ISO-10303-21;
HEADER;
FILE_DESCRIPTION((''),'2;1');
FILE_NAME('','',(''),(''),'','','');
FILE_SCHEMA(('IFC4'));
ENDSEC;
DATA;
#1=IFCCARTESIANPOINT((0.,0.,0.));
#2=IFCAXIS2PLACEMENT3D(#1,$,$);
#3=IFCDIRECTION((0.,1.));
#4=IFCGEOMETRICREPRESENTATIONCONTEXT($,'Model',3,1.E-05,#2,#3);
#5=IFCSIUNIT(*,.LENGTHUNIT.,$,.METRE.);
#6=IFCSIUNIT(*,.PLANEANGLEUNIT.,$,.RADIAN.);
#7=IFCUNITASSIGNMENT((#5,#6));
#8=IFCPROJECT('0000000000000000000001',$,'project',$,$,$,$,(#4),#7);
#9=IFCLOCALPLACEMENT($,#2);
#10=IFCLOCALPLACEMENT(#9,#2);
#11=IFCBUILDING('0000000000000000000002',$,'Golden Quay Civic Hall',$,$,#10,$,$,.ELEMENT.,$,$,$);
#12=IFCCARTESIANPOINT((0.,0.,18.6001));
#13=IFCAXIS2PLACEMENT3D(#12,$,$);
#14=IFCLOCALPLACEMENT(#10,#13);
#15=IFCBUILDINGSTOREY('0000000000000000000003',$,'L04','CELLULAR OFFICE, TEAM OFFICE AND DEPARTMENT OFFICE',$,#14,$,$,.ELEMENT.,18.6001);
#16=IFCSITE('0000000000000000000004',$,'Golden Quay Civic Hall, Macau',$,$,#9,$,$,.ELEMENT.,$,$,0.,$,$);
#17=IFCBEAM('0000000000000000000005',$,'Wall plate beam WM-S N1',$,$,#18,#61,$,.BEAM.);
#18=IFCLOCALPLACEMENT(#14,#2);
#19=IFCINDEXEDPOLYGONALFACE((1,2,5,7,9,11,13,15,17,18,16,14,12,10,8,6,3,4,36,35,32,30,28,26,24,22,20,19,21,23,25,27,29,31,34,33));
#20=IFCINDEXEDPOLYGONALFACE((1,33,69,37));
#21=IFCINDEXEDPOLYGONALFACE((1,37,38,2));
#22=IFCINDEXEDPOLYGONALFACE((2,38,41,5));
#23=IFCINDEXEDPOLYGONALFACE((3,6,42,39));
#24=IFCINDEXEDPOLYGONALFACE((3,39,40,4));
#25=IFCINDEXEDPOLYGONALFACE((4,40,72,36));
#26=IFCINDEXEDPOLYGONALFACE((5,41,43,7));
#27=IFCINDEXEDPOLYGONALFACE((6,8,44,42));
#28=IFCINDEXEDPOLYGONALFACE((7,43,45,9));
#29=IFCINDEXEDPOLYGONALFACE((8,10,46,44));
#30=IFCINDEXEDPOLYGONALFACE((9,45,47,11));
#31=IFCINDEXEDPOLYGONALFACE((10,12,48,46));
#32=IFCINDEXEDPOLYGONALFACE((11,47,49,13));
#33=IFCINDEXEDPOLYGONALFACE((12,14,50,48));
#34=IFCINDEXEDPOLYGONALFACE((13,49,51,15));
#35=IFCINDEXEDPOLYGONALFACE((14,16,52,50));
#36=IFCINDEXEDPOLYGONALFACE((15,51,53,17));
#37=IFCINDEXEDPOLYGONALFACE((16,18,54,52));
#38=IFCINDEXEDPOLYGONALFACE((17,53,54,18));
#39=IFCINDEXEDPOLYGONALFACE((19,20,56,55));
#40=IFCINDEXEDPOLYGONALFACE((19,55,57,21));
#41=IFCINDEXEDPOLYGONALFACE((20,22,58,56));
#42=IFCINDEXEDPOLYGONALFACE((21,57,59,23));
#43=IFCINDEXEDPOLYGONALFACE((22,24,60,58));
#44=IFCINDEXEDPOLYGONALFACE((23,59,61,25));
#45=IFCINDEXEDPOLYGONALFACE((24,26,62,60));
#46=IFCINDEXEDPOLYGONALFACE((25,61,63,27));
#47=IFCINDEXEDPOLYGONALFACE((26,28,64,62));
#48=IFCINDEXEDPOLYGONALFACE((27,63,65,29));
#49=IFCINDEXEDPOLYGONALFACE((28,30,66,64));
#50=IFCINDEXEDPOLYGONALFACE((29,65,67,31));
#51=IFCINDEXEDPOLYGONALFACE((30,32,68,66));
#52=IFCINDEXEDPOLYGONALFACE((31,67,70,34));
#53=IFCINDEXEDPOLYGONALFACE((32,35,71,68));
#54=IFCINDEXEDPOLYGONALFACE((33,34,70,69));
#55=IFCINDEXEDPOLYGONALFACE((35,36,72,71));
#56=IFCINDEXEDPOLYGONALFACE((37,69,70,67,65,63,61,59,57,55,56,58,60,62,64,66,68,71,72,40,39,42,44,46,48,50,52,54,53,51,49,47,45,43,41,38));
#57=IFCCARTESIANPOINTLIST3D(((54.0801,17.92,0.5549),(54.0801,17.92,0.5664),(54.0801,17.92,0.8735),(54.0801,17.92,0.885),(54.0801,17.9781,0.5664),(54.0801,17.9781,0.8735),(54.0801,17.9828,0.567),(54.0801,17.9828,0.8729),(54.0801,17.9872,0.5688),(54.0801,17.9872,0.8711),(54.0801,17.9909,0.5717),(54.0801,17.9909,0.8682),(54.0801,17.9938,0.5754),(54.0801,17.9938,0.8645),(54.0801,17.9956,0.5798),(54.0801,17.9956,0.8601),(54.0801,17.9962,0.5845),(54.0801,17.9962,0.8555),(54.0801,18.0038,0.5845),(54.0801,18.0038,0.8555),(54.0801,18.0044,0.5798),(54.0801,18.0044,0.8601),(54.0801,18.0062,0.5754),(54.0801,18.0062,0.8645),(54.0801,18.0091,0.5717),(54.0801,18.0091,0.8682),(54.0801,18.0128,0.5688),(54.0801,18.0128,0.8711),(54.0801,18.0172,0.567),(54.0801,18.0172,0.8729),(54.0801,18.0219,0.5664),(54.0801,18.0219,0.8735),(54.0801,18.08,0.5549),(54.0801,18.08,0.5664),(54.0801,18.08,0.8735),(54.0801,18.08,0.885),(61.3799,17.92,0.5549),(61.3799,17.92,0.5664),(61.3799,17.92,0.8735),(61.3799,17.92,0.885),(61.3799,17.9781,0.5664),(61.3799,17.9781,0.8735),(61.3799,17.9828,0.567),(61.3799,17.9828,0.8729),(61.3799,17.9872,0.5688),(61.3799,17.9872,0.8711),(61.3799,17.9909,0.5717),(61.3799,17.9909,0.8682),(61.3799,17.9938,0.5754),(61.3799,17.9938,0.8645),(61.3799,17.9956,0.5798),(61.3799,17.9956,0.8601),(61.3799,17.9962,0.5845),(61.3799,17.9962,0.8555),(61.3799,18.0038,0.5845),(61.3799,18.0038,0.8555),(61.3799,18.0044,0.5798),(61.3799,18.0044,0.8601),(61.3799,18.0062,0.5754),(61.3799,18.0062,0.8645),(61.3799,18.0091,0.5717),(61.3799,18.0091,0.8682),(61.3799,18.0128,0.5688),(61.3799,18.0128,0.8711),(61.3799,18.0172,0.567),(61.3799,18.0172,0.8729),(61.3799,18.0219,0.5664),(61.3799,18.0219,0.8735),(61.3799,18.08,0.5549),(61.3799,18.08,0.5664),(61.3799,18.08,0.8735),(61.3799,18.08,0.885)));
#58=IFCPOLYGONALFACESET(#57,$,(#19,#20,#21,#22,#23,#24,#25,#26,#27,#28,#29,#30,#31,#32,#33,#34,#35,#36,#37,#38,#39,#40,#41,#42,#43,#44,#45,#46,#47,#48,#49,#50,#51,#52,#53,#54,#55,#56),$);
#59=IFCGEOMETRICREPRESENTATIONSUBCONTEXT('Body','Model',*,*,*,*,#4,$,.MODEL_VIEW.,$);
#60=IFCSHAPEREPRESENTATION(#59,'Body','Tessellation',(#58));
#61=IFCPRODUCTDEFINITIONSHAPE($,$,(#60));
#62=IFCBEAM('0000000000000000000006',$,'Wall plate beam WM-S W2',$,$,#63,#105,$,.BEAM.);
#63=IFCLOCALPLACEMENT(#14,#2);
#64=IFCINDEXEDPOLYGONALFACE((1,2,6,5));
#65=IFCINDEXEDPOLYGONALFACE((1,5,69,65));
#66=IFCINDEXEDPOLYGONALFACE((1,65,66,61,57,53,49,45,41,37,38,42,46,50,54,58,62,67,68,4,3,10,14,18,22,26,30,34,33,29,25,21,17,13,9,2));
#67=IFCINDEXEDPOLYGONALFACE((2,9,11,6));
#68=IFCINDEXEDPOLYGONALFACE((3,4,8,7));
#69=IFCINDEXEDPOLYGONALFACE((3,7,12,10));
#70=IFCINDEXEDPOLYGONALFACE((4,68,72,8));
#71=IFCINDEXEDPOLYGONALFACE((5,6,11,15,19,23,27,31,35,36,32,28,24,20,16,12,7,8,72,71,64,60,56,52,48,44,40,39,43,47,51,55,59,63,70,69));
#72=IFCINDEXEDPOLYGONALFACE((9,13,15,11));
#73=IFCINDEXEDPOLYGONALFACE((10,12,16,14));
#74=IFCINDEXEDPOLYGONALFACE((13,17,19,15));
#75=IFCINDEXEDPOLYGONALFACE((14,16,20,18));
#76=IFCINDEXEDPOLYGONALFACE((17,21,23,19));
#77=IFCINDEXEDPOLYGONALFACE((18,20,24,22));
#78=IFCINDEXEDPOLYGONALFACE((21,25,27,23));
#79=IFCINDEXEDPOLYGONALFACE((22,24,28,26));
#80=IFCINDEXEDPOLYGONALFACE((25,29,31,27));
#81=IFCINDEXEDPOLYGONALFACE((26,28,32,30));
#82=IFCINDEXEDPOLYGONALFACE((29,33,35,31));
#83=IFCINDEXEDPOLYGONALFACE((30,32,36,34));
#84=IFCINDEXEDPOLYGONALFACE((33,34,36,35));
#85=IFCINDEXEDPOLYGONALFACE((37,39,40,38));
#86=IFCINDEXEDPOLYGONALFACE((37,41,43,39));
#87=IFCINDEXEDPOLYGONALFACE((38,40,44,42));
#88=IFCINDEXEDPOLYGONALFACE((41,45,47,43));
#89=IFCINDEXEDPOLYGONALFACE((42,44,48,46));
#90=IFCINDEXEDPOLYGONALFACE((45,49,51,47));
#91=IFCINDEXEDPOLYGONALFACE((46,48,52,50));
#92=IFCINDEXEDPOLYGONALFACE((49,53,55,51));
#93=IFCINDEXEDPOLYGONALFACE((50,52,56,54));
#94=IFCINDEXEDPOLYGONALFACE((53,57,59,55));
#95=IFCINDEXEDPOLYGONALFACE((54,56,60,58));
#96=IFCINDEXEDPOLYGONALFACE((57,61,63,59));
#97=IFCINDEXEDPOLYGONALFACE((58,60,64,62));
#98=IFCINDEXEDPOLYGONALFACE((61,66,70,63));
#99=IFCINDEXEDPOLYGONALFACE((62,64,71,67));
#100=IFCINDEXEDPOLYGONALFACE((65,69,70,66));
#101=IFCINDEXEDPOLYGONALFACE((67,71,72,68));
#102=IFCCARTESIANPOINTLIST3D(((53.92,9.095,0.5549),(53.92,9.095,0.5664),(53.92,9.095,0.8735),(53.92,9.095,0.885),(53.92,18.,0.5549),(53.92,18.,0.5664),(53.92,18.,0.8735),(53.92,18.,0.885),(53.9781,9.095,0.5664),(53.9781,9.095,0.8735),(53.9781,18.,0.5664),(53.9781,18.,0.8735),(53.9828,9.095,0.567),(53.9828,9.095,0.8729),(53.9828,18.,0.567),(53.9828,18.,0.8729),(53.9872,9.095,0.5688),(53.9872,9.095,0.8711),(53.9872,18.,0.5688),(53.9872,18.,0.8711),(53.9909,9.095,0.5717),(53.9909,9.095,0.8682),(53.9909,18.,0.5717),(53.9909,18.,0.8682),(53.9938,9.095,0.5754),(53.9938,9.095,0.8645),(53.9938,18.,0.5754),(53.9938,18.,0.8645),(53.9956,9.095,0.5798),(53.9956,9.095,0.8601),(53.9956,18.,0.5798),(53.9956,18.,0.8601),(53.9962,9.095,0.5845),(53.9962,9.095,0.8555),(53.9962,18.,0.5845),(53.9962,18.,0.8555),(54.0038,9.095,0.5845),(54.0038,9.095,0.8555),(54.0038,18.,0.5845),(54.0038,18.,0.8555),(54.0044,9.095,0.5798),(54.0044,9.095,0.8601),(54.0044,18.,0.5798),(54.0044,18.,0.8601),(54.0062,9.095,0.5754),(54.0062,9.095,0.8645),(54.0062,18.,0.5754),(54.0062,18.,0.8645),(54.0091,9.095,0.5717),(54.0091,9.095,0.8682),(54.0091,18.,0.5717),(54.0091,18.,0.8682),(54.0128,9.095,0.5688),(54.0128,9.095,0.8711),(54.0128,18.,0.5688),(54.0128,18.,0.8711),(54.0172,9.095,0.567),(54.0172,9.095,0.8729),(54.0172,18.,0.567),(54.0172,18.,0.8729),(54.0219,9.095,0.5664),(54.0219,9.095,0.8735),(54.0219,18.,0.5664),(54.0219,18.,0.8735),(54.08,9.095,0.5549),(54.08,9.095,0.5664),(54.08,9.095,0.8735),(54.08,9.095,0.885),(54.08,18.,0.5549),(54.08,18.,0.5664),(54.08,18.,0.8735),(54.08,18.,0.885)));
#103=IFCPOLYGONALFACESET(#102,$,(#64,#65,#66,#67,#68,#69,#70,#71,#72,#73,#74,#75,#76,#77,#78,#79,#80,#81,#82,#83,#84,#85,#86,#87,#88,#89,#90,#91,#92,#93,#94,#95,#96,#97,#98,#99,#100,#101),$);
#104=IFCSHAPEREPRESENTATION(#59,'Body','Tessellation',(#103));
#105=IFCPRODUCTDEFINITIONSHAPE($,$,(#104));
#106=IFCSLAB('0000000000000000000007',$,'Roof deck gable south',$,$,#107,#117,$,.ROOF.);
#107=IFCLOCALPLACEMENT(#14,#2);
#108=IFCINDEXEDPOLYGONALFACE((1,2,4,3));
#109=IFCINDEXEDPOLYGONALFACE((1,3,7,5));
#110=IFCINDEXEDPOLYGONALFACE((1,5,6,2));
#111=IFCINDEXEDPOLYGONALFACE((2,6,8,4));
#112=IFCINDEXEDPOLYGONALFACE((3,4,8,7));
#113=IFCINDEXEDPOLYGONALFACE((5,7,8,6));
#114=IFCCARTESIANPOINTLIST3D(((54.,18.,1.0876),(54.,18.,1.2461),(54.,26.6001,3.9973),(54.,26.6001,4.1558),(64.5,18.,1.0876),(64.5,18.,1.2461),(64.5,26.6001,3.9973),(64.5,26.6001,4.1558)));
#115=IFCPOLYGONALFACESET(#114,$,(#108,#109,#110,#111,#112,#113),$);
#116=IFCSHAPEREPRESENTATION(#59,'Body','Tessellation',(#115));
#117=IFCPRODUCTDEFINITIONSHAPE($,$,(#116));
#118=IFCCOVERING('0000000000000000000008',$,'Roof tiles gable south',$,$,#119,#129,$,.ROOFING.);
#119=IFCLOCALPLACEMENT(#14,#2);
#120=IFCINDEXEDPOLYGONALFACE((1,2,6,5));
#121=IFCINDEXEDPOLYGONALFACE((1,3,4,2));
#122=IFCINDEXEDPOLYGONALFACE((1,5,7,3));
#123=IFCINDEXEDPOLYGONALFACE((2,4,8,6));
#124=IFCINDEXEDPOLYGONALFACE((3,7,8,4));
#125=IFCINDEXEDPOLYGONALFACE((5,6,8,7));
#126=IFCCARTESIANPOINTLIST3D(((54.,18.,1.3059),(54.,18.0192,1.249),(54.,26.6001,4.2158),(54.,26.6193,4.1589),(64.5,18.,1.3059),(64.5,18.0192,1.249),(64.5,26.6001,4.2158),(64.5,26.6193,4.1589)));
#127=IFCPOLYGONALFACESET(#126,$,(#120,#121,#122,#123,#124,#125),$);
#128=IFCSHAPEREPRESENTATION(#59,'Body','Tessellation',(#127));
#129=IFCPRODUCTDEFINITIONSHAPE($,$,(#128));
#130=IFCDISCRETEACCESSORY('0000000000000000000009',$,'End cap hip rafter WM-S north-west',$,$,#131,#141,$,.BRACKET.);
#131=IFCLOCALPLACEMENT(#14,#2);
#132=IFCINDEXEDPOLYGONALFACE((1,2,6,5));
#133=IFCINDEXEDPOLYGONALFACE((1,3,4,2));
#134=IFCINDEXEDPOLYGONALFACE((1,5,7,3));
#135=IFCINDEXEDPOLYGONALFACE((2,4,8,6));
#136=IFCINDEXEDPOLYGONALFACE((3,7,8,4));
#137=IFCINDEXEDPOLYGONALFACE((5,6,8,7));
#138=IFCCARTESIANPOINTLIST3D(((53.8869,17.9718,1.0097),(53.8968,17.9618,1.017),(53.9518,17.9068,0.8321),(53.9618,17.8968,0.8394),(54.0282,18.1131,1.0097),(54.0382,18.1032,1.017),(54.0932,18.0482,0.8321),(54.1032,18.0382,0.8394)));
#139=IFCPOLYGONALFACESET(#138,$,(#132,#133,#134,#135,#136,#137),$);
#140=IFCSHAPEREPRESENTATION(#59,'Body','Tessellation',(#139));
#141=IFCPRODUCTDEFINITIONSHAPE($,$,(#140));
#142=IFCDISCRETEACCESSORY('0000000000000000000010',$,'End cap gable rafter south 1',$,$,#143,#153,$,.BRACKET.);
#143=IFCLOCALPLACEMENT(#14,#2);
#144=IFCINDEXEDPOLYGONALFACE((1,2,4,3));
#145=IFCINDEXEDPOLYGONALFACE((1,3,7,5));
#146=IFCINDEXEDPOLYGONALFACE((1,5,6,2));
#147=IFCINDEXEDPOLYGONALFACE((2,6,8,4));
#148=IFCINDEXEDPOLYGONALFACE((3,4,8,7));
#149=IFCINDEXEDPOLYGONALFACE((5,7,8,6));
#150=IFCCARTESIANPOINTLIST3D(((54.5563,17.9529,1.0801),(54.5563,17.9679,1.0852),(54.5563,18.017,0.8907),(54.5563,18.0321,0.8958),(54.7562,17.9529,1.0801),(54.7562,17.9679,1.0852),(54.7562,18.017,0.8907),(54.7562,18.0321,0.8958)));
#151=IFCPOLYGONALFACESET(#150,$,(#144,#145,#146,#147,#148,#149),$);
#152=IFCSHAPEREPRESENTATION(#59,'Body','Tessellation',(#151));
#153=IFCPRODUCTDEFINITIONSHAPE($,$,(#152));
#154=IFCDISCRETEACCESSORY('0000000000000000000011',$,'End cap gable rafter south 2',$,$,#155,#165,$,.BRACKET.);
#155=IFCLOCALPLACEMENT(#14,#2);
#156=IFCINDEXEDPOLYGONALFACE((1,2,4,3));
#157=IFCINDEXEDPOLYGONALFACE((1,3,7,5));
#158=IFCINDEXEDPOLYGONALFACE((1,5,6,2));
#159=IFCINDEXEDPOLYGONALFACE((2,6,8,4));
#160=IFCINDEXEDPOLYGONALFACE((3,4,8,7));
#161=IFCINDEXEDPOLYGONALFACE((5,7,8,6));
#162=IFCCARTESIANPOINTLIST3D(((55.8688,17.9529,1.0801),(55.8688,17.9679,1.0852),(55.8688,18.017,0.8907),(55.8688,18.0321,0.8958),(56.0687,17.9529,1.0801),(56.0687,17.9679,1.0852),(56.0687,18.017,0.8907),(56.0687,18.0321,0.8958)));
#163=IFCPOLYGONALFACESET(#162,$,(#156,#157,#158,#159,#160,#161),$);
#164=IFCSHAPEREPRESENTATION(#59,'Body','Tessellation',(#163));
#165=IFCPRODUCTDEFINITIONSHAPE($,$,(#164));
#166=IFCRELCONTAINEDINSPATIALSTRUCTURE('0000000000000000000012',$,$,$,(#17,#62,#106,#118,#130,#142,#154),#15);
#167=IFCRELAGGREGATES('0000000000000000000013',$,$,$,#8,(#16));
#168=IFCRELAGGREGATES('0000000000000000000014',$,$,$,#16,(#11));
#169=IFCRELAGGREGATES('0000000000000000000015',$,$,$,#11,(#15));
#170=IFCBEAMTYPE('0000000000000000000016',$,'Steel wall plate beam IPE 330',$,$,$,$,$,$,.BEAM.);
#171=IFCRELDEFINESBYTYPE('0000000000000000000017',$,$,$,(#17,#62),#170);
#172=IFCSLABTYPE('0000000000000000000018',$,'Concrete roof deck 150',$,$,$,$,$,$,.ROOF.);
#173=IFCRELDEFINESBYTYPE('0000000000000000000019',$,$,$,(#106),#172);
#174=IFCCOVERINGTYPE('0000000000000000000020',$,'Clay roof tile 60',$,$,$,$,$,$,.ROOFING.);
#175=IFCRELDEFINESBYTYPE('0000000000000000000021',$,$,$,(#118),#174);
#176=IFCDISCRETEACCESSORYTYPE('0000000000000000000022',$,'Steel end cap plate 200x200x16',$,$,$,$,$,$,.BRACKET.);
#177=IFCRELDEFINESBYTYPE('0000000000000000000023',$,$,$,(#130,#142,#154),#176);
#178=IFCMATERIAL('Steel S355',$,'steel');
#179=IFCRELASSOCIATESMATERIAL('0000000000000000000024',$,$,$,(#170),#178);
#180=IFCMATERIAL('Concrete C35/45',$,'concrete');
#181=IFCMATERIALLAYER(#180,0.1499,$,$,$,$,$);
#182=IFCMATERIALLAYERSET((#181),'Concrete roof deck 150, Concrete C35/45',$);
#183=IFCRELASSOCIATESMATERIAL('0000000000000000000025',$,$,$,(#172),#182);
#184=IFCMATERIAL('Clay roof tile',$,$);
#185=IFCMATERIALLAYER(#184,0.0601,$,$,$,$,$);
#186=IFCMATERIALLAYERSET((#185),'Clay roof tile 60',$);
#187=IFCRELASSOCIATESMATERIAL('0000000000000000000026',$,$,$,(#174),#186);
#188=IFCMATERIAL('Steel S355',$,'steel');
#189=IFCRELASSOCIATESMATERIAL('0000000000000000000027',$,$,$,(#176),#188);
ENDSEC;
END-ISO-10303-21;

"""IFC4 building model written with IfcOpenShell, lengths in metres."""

from ifc_helpers import new_model, si_unit, direction, frame, origin, origin_2d, place, context, subcontext, project, spatial, polyline, rectangle, i_section, outline, extrude, material, layer, layer_set, material_profile, profile_set, type_object, element, save


model = new_model("IFC4")

# Units and contexts
model_context = context("Model", 3, precision=1e-05, world=origin(), true_north=direction((0.0, 1.0)))
body_context = subcontext(model_context, "Body", "Model", "MODEL_VIEW")
ifc_project = project(units=[si_unit("LENGTHUNIT", "METRE"), si_unit("PLANEANGLEUNIT", "RADIAN")], contexts=[model_context])

# Site, building, storey
site_placement = place(None, origin())
site = spatial("IfcSite", under=ifc_project, at=site_placement, Name="Golden Quay Civic Hall, Macau", CompositionType="ELEMENT", RefElevation=0.0)
building_placement = place(site_placement, origin())
building = spatial("IfcBuilding", under=site, at=building_placement, Name="Golden Quay Civic Hall", CompositionType="ELEMENT")
storey_placement = place(building_placement, frame((0.0, 0.0, 18.6001)))
storey = spatial("IfcBuildingStorey", under=building, at=storey_placement, Name="L04", Description="CELLULAR OFFICE, TEAM OFFICE AND DEPARTMENT OFFICE", CompositionType="ELEMENT", Elevation=18.6001)

# Beams
ifc_material_1 = material(Name="Steel S355", Category="steel")
ifc_material_profile_1 = material_profile(ifc_material_1, i_section(OverallWidth=0.1599, OverallDepth=0.3301, WebThickness=0.0076, FlangeThickness=0.0115, FilletRadius=0.0181, at=origin_2d()), Name="IPE 330")
ifc_profile_set_1 = profile_set([ifc_material_profile_1], Name="Steel S355")
beam_type_1 = type_object("IfcBeamType", Name="Steel wall plate beam IPE 330", PredefinedType="BEAM", material=ifc_profile_set_1)
beam_1_placement = place(storey_placement, frame((54.0801, 18.0, 0.72), z_axis=(1.0, 0.0, 0.0), x_axis=(0.0, 1.0, 0.0)))
element("IfcBeam", 1, at=beam_1_placement, inside=storey, type_object=beam_type_1, Name="Wall plate beam WM-S N1", PredefinedType="BEAM", context=body_context, shape_type="SweptSolid", body=[
    extrude(i_section(OverallWidth=0.1599, OverallDepth=0.3301, WebThickness=0.0076, FlangeThickness=0.0115, FilletRadius=0.0181, at=origin_2d()), origin(), (0.0, 0.0, 1.0), 7.2998),
])
beam_2_placement = place(storey_placement, frame((54.0, 9.095, 0.72), z_axis=(0.0, 1.0, 0.0), x_axis=(-1.0, 0.0, 0.0)))
element("IfcBeam", 2, at=beam_2_placement, inside=storey, type_object=beam_type_1, Name="Wall plate beam WM-S W2", PredefinedType="BEAM", context=body_context, shape_type="SweptSolid", body=[
    extrude(i_section(OverallWidth=0.1599, OverallDepth=0.3301, WebThickness=0.0076, FlangeThickness=0.0115, FilletRadius=0.0181, at=origin_2d()), origin(), (0.0, 0.0, 1.0), 8.905),
])

# Slab
ifc_material_2 = material(Name="Concrete C35/45", Category="concrete")
ifc_layer_1 = layer(ifc_material_2, 0.1499)
ifc_layer_set_1 = layer_set([ifc_layer_1], Name="Concrete roof deck 150, Concrete C35/45")
slab_type = type_object("IfcSlabType", Name="Concrete roof deck 150", PredefinedType="ROOF", material=ifc_layer_set_1)
slab_placement = place(storey_placement, frame((54.0, 18.0, 1.2461), z_axis=(0.0, -0.320484, 0.947254), x_axis=(1.0, 0.0, 0.0)))
element("IfcSlab", 3, at=slab_placement, inside=storey, type_object=slab_type, Name="Roof deck gable south", PredefinedType="ROOF", context=body_context, shape_type="SweptSolid", body=[
    extrude(outline(polyline([(0.0, 0.0), (10.5, 0.0), (10.5, 9.079), (0.0, 9.079), (0.0, 0.0)])), origin(), (0.0, -0.320484, -0.947254), 0.1584),
])

# Covering
ifc_material_3 = material(Name="Clay roof tile")
ifc_layer_2 = layer(ifc_material_3, 0.0601)
ifc_layer_set_2 = layer_set([ifc_layer_2], Name="Clay roof tile 60")
covering_type = type_object("IfcCoveringType", Name="Clay roof tile 60", PredefinedType="ROOFING", material=ifc_layer_set_2)
covering_placement = place(storey_placement, frame((54.0, 18.0, 1.3059), z_axis=(0.0, -0.320508, 0.947246), x_axis=(1.0, 0.0, 0.0)))
element("IfcCovering", 4, at=covering_placement, inside=storey, type_object=covering_type, Name="Roof tiles gable south", PredefinedType="ROOFING", context=body_context, shape_type="SweptSolid", body=[
    extrude(outline(polyline([(0.0, 0.0), (10.5, 0.0), (10.5, 9.0791), (0.0, 9.0791), (0.0, 0.0)])), origin(), (0.0, 0.0, -1.0), 0.0601),
])

# Discrete accessories
ifc_material_4 = material(Name="Steel S355", Category="steel")
ifc_material_profile_2 = material_profile(ifc_material_4, rectangle(XDim=0.2, YDim=0.2, at=origin_2d()), Name="Steel end cap plate 200x200x16")
ifc_profile_set_2 = profile_set([ifc_material_profile_2], Name="Steel S355")
discrete_accessory_type = type_object("IfcDiscreteAccessoryType", Name="Steel end cap plate 200x200x16", PredefinedType="BRACKET", material=ifc_profile_set_2)
for number, where, z_axis, x_axis, name in (
    (5, (54.0, 18.0, 0.9282), (-0.628025, 0.628025, -0.459531), (-0.707107, -0.707107, 0.0), "End cap hip rafter WM-S north-west"),
    (6, (54.6562, 18.0, 0.9905), (0.0, -0.947145, -0.320807), (1.0, 0.0, 0.0), "End cap gable rafter south 1"),
    (7, (55.9688, 18.0, 0.9905), (0.0, -0.947145, -0.320807), (1.0, 0.0, 0.0), "End cap gable rafter south 2"),
):
    element("IfcDiscreteAccessory", number, at=place(storey_placement, frame(where, z_axis=z_axis, x_axis=x_axis)), inside=storey, type_object=discrete_accessory_type, Name=name, PredefinedType="BRACKET", context=body_context, shape_type="SweptSolid", body=[
        extrude(rectangle(XDim=0.2, YDim=0.2, at=origin_2d()), origin(), (0.0, 0.0, 1.0), 0.0159),
    ])

save(model, "model.ifc")
